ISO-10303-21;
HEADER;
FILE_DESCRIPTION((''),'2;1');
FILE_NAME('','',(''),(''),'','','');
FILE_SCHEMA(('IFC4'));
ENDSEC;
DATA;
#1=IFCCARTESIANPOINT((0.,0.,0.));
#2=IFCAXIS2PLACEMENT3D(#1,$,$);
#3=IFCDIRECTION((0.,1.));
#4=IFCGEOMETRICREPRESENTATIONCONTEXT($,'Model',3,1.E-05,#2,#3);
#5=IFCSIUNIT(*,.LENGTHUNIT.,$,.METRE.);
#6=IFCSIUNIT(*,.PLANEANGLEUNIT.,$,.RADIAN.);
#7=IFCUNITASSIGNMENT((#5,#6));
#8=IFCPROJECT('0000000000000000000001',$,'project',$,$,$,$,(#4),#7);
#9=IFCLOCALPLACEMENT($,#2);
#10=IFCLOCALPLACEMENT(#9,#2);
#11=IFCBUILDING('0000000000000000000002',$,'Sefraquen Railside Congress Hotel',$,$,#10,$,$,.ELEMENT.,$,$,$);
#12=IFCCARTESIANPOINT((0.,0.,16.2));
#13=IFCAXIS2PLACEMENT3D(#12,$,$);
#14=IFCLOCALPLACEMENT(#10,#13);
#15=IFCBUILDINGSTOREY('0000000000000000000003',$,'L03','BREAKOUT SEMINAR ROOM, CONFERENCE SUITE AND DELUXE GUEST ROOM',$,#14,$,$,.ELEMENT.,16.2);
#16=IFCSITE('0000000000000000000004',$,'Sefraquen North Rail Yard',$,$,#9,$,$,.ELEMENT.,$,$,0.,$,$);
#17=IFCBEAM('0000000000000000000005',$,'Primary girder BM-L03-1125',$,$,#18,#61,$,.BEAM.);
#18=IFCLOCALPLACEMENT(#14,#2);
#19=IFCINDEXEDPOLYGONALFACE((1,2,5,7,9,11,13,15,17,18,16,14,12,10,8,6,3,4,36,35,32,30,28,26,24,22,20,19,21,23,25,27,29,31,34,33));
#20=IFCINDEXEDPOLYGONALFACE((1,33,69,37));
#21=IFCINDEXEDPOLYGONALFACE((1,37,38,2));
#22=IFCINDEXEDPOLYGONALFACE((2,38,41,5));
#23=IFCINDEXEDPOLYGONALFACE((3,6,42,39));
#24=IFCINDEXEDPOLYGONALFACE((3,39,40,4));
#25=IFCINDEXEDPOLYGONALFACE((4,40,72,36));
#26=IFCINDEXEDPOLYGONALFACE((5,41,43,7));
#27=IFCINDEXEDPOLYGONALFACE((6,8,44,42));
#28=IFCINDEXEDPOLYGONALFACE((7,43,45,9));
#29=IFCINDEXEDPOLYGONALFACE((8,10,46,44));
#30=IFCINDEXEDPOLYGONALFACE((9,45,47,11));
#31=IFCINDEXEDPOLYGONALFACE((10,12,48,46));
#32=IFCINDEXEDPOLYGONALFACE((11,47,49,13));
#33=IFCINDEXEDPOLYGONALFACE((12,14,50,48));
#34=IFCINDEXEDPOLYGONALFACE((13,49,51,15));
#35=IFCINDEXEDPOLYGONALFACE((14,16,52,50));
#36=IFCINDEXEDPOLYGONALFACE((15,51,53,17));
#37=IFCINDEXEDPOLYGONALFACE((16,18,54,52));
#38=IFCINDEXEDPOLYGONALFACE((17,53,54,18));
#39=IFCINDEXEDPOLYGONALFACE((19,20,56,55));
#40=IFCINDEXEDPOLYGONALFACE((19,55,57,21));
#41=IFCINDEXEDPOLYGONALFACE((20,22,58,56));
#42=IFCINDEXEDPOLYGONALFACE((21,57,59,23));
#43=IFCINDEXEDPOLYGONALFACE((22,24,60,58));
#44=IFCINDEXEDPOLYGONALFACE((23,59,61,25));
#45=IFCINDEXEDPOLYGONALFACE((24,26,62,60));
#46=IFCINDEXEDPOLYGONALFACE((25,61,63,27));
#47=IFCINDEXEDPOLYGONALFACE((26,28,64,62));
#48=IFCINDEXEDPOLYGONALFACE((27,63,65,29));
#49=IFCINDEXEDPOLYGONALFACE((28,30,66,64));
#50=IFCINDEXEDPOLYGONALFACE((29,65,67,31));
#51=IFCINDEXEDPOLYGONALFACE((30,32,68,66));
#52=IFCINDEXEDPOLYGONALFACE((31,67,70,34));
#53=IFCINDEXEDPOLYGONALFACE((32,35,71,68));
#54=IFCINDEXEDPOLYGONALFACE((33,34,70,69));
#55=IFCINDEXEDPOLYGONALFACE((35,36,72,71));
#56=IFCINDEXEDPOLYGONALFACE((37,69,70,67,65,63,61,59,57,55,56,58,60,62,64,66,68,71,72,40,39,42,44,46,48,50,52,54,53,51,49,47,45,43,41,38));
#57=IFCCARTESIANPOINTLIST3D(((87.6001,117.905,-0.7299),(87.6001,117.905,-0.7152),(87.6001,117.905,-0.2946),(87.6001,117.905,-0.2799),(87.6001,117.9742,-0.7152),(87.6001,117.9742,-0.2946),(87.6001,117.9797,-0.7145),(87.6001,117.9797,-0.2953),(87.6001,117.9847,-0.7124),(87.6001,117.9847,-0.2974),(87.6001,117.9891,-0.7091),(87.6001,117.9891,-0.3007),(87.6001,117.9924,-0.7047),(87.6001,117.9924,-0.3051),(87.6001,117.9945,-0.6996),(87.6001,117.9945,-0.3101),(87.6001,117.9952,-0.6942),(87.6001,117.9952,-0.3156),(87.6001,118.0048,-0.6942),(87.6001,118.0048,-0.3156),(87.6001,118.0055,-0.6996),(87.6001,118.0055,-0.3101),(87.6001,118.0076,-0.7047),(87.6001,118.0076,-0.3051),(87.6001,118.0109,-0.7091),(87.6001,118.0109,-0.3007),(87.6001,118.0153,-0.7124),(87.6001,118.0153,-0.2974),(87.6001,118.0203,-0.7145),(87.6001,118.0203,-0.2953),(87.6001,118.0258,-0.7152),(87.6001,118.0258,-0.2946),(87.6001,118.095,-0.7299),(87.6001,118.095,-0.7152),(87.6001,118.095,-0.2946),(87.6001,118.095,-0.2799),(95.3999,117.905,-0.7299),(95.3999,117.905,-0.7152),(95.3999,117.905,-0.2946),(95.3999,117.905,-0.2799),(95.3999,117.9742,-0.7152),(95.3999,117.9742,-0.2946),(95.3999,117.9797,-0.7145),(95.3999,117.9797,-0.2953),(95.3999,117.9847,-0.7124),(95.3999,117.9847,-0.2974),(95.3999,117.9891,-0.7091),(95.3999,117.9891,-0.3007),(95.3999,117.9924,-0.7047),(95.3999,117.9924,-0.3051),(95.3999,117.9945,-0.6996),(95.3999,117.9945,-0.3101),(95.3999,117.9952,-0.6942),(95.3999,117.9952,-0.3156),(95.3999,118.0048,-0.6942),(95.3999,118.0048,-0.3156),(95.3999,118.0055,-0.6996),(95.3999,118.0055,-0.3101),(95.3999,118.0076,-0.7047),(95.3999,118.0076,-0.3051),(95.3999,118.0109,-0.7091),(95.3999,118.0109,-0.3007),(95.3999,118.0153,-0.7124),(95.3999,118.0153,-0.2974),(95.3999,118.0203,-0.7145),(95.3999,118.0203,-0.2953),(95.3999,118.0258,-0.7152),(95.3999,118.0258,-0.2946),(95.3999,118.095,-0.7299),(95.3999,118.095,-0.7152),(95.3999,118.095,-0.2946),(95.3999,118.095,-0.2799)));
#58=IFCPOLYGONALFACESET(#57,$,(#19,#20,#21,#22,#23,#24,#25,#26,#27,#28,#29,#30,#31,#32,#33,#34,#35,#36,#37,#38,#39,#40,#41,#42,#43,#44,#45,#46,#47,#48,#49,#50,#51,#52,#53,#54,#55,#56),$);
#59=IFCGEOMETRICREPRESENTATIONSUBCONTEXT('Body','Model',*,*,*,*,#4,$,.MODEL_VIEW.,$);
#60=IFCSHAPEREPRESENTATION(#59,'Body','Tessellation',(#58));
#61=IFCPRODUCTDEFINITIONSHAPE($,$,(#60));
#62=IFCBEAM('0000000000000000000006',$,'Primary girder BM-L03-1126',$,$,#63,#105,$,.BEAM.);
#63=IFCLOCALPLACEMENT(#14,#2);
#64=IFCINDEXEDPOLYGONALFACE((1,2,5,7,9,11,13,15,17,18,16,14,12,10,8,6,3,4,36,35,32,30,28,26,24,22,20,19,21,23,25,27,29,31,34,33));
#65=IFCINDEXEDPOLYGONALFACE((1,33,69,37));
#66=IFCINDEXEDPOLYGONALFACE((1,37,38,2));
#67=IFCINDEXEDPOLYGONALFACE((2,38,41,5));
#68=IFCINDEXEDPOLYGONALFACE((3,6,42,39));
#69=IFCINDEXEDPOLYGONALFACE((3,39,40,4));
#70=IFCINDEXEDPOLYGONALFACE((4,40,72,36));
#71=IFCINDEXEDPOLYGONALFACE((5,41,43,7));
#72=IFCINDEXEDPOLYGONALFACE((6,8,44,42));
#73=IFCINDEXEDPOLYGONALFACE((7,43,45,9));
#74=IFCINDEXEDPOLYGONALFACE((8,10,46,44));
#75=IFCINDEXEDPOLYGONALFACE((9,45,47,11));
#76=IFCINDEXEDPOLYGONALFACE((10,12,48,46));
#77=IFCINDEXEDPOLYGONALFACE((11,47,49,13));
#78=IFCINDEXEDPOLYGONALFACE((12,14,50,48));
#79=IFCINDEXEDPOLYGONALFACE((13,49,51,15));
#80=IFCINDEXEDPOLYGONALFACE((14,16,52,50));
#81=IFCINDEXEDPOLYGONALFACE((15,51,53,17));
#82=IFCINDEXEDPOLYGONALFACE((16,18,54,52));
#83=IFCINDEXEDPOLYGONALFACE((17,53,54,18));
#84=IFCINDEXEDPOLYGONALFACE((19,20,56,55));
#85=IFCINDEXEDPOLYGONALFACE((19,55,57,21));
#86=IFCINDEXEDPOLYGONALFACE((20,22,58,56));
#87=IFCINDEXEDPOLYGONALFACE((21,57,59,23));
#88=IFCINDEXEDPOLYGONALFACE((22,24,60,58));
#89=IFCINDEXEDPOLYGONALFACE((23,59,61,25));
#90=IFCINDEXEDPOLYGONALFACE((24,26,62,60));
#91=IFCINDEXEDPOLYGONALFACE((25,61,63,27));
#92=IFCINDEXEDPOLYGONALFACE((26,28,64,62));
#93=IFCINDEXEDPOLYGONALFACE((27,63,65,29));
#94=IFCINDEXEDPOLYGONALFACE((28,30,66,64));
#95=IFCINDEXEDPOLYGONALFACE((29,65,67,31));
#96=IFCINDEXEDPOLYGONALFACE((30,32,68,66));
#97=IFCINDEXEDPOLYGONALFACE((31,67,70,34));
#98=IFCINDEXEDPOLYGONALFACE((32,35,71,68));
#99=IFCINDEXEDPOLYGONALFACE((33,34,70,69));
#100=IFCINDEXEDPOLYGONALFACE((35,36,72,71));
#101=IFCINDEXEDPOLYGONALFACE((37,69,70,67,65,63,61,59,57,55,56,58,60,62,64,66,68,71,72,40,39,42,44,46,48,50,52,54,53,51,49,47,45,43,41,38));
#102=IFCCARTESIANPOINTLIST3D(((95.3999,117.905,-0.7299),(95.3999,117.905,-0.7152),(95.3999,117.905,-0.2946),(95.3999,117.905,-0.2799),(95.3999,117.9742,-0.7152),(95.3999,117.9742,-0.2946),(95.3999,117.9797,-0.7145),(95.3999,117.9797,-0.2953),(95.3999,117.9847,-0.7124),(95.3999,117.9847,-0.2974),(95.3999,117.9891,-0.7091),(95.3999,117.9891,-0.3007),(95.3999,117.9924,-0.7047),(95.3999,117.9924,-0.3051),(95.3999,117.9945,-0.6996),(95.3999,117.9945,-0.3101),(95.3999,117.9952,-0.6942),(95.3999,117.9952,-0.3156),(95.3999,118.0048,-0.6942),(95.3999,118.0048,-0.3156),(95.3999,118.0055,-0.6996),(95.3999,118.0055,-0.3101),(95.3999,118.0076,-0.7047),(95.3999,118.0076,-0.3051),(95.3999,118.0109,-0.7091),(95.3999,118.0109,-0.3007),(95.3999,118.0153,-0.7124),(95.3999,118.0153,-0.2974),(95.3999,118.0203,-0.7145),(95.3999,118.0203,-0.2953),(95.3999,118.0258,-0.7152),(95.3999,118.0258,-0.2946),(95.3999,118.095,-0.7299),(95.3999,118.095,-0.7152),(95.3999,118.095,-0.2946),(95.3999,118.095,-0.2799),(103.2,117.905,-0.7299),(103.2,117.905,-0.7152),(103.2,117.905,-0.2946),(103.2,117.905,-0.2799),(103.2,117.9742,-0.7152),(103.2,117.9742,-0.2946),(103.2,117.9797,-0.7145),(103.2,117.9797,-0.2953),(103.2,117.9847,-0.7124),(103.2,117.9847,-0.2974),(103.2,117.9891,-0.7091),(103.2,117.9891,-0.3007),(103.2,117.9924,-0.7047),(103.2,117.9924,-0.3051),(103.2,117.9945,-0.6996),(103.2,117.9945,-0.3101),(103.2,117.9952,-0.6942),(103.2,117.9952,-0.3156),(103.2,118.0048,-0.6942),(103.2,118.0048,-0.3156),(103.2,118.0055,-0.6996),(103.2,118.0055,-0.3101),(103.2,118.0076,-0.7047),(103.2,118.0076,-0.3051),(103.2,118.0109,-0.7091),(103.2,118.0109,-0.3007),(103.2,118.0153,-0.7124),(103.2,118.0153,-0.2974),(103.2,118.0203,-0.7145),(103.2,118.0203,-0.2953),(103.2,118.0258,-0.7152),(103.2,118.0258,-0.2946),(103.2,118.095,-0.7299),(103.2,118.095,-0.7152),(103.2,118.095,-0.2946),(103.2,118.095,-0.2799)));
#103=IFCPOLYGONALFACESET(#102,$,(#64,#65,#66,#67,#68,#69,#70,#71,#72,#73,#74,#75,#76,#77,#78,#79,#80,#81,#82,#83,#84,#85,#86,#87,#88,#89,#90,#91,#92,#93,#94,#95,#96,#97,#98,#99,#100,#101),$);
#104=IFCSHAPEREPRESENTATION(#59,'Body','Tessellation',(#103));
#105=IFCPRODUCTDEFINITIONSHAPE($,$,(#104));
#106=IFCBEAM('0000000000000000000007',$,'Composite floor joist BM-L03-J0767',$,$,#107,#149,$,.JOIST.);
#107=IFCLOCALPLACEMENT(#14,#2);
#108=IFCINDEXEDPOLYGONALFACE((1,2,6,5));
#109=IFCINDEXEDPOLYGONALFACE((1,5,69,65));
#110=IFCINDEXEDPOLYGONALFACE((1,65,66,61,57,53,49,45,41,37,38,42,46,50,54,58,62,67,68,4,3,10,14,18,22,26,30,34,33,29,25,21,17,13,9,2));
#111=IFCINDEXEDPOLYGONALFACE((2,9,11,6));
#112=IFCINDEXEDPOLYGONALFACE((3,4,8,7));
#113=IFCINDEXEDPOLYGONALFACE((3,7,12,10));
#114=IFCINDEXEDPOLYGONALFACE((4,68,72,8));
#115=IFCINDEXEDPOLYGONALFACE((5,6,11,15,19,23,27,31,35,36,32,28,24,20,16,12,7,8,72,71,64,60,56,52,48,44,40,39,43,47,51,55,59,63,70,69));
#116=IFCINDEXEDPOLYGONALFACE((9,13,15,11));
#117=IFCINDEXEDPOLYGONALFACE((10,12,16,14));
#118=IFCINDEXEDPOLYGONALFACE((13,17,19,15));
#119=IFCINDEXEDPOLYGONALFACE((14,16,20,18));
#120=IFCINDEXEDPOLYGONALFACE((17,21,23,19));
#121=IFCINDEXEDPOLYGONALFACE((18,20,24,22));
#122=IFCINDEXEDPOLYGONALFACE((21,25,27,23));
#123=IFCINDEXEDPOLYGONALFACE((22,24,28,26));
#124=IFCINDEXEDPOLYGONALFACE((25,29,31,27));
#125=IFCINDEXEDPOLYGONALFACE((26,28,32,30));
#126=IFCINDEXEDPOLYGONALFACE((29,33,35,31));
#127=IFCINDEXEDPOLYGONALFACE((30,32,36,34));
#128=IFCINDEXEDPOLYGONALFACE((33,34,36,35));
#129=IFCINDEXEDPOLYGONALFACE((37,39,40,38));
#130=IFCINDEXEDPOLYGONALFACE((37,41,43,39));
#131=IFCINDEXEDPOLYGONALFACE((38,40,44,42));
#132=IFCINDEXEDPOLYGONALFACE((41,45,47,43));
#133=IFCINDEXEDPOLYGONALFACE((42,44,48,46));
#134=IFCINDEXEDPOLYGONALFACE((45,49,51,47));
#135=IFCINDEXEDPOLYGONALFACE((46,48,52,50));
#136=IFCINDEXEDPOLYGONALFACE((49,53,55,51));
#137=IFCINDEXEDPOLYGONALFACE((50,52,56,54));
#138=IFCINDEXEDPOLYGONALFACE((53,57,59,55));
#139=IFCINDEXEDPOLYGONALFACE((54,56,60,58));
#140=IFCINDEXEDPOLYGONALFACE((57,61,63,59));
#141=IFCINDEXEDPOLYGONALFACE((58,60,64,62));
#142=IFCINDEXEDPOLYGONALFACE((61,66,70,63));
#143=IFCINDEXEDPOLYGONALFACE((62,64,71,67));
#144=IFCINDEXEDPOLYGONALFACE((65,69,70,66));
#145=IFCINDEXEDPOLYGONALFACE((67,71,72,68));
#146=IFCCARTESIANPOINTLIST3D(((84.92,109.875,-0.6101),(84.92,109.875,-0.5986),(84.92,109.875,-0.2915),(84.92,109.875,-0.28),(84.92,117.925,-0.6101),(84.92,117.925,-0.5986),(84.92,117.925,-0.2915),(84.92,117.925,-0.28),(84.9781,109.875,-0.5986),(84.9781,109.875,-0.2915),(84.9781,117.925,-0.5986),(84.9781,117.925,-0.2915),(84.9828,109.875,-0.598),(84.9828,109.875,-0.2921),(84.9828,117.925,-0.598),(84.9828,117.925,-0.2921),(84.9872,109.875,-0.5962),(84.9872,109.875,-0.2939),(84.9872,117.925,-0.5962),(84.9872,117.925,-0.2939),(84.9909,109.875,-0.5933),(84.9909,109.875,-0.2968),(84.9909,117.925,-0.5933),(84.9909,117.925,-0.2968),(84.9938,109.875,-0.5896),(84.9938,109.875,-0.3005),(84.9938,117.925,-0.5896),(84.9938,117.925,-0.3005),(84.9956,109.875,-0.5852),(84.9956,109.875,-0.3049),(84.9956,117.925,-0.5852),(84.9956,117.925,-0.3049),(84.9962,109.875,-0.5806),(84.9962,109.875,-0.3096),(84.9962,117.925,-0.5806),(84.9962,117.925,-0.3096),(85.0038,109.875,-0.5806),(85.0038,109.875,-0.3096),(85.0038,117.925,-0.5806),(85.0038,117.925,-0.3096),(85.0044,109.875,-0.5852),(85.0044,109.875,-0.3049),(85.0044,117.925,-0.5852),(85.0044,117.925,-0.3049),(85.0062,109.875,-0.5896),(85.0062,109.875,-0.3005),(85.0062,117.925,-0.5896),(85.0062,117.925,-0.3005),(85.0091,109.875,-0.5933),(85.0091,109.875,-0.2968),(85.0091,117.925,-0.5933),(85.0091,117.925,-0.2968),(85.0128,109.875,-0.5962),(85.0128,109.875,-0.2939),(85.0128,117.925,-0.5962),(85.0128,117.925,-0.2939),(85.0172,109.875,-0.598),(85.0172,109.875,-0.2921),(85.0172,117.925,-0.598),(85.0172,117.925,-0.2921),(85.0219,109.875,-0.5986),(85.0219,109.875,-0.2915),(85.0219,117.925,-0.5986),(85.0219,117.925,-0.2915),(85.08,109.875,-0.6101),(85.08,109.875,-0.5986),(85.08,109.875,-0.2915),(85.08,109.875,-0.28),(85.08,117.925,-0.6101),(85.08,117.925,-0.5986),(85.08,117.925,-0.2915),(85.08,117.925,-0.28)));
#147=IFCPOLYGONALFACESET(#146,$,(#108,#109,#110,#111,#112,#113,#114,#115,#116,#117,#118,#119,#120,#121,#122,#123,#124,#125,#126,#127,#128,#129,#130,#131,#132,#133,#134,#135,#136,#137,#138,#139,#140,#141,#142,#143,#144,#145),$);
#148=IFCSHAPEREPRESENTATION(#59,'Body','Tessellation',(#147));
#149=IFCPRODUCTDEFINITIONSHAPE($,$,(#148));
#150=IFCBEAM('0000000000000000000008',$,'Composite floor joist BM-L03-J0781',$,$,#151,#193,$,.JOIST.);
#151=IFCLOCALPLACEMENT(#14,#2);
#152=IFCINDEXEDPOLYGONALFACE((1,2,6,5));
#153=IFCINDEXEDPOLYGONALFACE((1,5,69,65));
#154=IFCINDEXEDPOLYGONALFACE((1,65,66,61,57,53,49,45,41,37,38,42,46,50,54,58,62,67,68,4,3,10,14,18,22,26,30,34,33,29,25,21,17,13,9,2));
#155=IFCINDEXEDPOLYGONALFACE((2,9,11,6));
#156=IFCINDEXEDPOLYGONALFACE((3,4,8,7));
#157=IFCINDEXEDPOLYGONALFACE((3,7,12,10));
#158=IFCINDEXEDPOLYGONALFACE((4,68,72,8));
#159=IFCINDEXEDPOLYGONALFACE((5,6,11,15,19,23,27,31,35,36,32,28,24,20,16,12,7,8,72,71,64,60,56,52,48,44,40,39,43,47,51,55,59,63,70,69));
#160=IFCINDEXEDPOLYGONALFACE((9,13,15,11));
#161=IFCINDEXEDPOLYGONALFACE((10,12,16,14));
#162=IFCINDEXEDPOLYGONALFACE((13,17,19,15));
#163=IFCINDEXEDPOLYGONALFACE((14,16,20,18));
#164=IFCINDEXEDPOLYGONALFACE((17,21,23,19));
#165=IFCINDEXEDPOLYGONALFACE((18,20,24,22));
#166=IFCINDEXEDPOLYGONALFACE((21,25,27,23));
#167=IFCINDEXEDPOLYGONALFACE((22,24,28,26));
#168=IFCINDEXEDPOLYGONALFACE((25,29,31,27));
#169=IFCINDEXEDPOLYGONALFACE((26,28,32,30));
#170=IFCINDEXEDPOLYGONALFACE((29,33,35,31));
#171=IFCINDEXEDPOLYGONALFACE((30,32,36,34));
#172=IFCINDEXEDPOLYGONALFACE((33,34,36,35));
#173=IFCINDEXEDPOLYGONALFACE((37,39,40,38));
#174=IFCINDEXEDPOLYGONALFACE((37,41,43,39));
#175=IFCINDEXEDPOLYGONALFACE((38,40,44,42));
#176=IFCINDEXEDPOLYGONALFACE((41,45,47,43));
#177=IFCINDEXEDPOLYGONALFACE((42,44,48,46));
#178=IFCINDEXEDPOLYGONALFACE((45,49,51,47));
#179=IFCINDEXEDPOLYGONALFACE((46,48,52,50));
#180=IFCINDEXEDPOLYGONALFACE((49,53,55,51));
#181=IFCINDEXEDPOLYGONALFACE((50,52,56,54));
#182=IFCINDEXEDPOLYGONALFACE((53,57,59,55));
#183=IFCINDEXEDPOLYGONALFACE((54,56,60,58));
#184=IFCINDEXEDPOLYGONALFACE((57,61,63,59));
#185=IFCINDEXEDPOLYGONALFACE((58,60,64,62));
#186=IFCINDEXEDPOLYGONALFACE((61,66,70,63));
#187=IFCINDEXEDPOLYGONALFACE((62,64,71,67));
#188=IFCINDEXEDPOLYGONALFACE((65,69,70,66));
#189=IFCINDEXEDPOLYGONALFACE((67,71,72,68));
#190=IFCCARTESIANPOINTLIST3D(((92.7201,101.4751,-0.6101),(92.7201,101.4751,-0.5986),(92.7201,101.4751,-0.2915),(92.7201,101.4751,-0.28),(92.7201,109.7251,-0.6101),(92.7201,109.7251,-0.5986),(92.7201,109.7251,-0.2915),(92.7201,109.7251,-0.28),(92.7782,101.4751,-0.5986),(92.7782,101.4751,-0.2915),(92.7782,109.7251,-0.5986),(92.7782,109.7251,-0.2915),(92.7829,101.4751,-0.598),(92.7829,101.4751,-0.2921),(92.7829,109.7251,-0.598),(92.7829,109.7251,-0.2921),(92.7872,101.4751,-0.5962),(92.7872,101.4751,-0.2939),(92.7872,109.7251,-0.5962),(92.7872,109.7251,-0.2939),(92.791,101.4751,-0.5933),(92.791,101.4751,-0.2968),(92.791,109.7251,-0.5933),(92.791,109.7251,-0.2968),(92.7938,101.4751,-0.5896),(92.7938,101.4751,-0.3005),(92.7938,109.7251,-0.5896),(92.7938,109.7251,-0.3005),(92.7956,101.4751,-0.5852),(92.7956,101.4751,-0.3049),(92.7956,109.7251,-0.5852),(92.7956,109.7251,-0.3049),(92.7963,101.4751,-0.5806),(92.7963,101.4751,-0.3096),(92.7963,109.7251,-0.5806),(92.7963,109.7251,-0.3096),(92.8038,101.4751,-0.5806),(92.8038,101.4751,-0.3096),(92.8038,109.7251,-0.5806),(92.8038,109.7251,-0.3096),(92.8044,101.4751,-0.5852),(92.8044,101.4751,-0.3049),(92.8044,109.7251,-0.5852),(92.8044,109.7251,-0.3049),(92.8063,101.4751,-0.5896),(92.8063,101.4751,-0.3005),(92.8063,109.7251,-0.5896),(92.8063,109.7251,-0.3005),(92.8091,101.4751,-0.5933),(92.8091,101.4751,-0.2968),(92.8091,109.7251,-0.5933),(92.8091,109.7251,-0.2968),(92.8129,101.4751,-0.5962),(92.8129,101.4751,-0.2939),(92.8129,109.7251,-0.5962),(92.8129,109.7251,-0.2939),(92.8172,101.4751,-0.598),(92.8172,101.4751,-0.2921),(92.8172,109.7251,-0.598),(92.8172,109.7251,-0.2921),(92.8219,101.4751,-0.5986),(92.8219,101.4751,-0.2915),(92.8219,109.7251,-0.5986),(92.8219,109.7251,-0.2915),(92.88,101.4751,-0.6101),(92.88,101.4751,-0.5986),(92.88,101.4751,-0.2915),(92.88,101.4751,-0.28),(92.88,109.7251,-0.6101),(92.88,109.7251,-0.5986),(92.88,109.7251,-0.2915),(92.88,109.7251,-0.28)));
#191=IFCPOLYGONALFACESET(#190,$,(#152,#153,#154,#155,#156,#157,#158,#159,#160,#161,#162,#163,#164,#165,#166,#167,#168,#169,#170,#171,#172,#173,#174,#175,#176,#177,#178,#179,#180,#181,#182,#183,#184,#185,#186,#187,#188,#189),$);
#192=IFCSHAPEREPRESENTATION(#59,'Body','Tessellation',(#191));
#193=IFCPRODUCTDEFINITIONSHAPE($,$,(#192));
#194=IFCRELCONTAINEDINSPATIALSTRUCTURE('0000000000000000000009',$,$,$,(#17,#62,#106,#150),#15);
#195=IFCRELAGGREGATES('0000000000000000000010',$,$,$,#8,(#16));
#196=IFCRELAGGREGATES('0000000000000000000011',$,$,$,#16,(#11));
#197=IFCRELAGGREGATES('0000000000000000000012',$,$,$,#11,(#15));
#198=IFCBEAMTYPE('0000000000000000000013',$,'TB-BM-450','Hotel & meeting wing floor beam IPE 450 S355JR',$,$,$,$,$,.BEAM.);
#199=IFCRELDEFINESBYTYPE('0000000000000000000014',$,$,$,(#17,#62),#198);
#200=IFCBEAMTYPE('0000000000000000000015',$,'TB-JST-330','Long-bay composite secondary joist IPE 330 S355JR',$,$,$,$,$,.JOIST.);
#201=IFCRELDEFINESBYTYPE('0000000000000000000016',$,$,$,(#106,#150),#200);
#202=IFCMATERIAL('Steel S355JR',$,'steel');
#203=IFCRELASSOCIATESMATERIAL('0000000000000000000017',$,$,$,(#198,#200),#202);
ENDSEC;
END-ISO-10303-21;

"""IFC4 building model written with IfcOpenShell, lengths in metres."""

from ifc_helpers import new_model, si_unit, direction, frame, origin, origin_2d, place, context, subcontext, project, spatial, i_section, extrude, material, material_profile, profile_set, type_object, element, save


model = new_model("IFC4")

# Units and contexts
model_context = context("Model", 3, precision=1e-05, world=origin(), true_north=direction((0.0, 1.0)))
body_context = subcontext(model_context, "Body", "Model", "MODEL_VIEW")
ifc_project = project(units=[si_unit("LENGTHUNIT", "METRE"), si_unit("PLANEANGLEUNIT", "RADIAN")], contexts=[model_context])

# Site, building, storey
site_placement = place(None, origin())
site = spatial("IfcSite", under=ifc_project, at=site_placement, Name="Sefraquen North Rail Yard", CompositionType="ELEMENT", RefElevation=0.0)
building_placement = place(site_placement, origin())
building = spatial("IfcBuilding", under=site, at=building_placement, Name="Sefraquen Railside Congress Hotel", CompositionType="ELEMENT")
storey_placement = place(building_placement, frame((0.0, 0.0, 16.2)))
storey = spatial("IfcBuildingStorey", under=building, at=storey_placement, Name="L03", Description="BREAKOUT SEMINAR ROOM, CONFERENCE SUITE AND DELUXE GUEST ROOM", CompositionType="ELEMENT", Elevation=16.2)

# Shared definitions
ifc_material_1 = material(Name="Steel S355JR", Category="steel")

# Beams
ifc_material_profile_1 = material_profile(ifc_material_1, i_section(OverallWidth=0.1899, OverallDepth=0.45, WebThickness=0.0095, FlangeThickness=0.0146, FilletRadius=0.021, at=origin_2d()), Name="IPE 450")
ifc_profile_set_1 = profile_set([ifc_material_profile_1], Name="Steel S355JR")
beam_type_1 = type_object("IfcBeamType", Name="TB-BM-450", Description="Hotel & meeting wing floor beam IPE 450 S355JR", PredefinedType="BEAM", material=ifc_profile_set_1)
beam_1_placement = place(storey_placement, frame((87.6001, 118.0, -0.5049), z_axis=(1.0, 0.0, 0.0), x_axis=(0.0, 1.0, 0.0)))
element("IfcBeam", 1, at=beam_1_placement, inside=storey, type_object=beam_type_1, Name="Primary girder BM-L03-1125", PredefinedType="BEAM", context=body_context, shape_type="SweptSolid", body=[
    extrude(i_section(OverallWidth=0.1899, OverallDepth=0.45, WebThickness=0.0095, FlangeThickness=0.0146, FilletRadius=0.021, at=origin_2d()), origin(), (0.0, 0.0, 1.0), 7.7998),
])
beam_2_placement = place(storey_placement, frame((95.3999, 118.0, -0.5049), z_axis=(1.0, 0.0, 0.0), x_axis=(0.0, 1.0, 0.0)))
element("IfcBeam", 2, at=beam_2_placement, inside=storey, type_object=beam_type_1, Name="Primary girder BM-L03-1126", PredefinedType="BEAM", context=body_context, shape_type="SweptSolid", body=[
    extrude(i_section(OverallWidth=0.1899, OverallDepth=0.45, WebThickness=0.0095, FlangeThickness=0.0146, FilletRadius=0.021, at=origin_2d()), origin(), (0.0, 0.0, 1.0), 7.8),
])
ifc_material_profile_2 = material_profile(ifc_material_1, i_section(OverallWidth=0.1599, OverallDepth=0.3301, WebThickness=0.0076, FlangeThickness=0.0115, FilletRadius=0.0181, at=origin_2d()), Name="IPE 330")
ifc_profile_set_2 = profile_set([ifc_material_profile_2], Name="Steel S355JR")
beam_type_2 = type_object("IfcBeamType", Name="TB-JST-330", Description="Long-bay composite secondary joist IPE 330 S355JR", PredefinedType="JOIST", material=ifc_profile_set_2)
beam_3_placement = place(storey_placement, frame((85.0, 109.875, -0.4451), z_axis=(0.0, 1.0, 0.0), x_axis=(-1.0, 0.0, 0.0)))
element("IfcBeam", 3, at=beam_3_placement, inside=storey, type_object=beam_type_2, Name="Composite floor joist BM-L03-J0767", PredefinedType="JOIST", context=body_context, shape_type="SweptSolid", body=[
    extrude(i_section(OverallWidth=0.1599, OverallDepth=0.3301, WebThickness=0.0076, FlangeThickness=0.0115, FilletRadius=0.0181, at=origin_2d()), origin(), (0.0, 0.0, 1.0), 8.05),
])
beam_4_placement = place(storey_placement, frame((92.8, 101.4751, -0.4451), z_axis=(0.0, 1.0, 0.0), x_axis=(-1.0, 0.0, 0.0)))
element("IfcBeam", 4, at=beam_4_placement, inside=storey, type_object=beam_type_2, Name="Composite floor joist BM-L03-J0781", PredefinedType="JOIST", context=body_context, shape_type="SweptSolid", body=[
    extrude(i_section(OverallWidth=0.1599, OverallDepth=0.3301, WebThickness=0.0076, FlangeThickness=0.0115, FilletRadius=0.0181, at=origin_2d()), origin(), (0.0, 0.0, 1.0), 8.25),
])

save(model, "model.ifc")
